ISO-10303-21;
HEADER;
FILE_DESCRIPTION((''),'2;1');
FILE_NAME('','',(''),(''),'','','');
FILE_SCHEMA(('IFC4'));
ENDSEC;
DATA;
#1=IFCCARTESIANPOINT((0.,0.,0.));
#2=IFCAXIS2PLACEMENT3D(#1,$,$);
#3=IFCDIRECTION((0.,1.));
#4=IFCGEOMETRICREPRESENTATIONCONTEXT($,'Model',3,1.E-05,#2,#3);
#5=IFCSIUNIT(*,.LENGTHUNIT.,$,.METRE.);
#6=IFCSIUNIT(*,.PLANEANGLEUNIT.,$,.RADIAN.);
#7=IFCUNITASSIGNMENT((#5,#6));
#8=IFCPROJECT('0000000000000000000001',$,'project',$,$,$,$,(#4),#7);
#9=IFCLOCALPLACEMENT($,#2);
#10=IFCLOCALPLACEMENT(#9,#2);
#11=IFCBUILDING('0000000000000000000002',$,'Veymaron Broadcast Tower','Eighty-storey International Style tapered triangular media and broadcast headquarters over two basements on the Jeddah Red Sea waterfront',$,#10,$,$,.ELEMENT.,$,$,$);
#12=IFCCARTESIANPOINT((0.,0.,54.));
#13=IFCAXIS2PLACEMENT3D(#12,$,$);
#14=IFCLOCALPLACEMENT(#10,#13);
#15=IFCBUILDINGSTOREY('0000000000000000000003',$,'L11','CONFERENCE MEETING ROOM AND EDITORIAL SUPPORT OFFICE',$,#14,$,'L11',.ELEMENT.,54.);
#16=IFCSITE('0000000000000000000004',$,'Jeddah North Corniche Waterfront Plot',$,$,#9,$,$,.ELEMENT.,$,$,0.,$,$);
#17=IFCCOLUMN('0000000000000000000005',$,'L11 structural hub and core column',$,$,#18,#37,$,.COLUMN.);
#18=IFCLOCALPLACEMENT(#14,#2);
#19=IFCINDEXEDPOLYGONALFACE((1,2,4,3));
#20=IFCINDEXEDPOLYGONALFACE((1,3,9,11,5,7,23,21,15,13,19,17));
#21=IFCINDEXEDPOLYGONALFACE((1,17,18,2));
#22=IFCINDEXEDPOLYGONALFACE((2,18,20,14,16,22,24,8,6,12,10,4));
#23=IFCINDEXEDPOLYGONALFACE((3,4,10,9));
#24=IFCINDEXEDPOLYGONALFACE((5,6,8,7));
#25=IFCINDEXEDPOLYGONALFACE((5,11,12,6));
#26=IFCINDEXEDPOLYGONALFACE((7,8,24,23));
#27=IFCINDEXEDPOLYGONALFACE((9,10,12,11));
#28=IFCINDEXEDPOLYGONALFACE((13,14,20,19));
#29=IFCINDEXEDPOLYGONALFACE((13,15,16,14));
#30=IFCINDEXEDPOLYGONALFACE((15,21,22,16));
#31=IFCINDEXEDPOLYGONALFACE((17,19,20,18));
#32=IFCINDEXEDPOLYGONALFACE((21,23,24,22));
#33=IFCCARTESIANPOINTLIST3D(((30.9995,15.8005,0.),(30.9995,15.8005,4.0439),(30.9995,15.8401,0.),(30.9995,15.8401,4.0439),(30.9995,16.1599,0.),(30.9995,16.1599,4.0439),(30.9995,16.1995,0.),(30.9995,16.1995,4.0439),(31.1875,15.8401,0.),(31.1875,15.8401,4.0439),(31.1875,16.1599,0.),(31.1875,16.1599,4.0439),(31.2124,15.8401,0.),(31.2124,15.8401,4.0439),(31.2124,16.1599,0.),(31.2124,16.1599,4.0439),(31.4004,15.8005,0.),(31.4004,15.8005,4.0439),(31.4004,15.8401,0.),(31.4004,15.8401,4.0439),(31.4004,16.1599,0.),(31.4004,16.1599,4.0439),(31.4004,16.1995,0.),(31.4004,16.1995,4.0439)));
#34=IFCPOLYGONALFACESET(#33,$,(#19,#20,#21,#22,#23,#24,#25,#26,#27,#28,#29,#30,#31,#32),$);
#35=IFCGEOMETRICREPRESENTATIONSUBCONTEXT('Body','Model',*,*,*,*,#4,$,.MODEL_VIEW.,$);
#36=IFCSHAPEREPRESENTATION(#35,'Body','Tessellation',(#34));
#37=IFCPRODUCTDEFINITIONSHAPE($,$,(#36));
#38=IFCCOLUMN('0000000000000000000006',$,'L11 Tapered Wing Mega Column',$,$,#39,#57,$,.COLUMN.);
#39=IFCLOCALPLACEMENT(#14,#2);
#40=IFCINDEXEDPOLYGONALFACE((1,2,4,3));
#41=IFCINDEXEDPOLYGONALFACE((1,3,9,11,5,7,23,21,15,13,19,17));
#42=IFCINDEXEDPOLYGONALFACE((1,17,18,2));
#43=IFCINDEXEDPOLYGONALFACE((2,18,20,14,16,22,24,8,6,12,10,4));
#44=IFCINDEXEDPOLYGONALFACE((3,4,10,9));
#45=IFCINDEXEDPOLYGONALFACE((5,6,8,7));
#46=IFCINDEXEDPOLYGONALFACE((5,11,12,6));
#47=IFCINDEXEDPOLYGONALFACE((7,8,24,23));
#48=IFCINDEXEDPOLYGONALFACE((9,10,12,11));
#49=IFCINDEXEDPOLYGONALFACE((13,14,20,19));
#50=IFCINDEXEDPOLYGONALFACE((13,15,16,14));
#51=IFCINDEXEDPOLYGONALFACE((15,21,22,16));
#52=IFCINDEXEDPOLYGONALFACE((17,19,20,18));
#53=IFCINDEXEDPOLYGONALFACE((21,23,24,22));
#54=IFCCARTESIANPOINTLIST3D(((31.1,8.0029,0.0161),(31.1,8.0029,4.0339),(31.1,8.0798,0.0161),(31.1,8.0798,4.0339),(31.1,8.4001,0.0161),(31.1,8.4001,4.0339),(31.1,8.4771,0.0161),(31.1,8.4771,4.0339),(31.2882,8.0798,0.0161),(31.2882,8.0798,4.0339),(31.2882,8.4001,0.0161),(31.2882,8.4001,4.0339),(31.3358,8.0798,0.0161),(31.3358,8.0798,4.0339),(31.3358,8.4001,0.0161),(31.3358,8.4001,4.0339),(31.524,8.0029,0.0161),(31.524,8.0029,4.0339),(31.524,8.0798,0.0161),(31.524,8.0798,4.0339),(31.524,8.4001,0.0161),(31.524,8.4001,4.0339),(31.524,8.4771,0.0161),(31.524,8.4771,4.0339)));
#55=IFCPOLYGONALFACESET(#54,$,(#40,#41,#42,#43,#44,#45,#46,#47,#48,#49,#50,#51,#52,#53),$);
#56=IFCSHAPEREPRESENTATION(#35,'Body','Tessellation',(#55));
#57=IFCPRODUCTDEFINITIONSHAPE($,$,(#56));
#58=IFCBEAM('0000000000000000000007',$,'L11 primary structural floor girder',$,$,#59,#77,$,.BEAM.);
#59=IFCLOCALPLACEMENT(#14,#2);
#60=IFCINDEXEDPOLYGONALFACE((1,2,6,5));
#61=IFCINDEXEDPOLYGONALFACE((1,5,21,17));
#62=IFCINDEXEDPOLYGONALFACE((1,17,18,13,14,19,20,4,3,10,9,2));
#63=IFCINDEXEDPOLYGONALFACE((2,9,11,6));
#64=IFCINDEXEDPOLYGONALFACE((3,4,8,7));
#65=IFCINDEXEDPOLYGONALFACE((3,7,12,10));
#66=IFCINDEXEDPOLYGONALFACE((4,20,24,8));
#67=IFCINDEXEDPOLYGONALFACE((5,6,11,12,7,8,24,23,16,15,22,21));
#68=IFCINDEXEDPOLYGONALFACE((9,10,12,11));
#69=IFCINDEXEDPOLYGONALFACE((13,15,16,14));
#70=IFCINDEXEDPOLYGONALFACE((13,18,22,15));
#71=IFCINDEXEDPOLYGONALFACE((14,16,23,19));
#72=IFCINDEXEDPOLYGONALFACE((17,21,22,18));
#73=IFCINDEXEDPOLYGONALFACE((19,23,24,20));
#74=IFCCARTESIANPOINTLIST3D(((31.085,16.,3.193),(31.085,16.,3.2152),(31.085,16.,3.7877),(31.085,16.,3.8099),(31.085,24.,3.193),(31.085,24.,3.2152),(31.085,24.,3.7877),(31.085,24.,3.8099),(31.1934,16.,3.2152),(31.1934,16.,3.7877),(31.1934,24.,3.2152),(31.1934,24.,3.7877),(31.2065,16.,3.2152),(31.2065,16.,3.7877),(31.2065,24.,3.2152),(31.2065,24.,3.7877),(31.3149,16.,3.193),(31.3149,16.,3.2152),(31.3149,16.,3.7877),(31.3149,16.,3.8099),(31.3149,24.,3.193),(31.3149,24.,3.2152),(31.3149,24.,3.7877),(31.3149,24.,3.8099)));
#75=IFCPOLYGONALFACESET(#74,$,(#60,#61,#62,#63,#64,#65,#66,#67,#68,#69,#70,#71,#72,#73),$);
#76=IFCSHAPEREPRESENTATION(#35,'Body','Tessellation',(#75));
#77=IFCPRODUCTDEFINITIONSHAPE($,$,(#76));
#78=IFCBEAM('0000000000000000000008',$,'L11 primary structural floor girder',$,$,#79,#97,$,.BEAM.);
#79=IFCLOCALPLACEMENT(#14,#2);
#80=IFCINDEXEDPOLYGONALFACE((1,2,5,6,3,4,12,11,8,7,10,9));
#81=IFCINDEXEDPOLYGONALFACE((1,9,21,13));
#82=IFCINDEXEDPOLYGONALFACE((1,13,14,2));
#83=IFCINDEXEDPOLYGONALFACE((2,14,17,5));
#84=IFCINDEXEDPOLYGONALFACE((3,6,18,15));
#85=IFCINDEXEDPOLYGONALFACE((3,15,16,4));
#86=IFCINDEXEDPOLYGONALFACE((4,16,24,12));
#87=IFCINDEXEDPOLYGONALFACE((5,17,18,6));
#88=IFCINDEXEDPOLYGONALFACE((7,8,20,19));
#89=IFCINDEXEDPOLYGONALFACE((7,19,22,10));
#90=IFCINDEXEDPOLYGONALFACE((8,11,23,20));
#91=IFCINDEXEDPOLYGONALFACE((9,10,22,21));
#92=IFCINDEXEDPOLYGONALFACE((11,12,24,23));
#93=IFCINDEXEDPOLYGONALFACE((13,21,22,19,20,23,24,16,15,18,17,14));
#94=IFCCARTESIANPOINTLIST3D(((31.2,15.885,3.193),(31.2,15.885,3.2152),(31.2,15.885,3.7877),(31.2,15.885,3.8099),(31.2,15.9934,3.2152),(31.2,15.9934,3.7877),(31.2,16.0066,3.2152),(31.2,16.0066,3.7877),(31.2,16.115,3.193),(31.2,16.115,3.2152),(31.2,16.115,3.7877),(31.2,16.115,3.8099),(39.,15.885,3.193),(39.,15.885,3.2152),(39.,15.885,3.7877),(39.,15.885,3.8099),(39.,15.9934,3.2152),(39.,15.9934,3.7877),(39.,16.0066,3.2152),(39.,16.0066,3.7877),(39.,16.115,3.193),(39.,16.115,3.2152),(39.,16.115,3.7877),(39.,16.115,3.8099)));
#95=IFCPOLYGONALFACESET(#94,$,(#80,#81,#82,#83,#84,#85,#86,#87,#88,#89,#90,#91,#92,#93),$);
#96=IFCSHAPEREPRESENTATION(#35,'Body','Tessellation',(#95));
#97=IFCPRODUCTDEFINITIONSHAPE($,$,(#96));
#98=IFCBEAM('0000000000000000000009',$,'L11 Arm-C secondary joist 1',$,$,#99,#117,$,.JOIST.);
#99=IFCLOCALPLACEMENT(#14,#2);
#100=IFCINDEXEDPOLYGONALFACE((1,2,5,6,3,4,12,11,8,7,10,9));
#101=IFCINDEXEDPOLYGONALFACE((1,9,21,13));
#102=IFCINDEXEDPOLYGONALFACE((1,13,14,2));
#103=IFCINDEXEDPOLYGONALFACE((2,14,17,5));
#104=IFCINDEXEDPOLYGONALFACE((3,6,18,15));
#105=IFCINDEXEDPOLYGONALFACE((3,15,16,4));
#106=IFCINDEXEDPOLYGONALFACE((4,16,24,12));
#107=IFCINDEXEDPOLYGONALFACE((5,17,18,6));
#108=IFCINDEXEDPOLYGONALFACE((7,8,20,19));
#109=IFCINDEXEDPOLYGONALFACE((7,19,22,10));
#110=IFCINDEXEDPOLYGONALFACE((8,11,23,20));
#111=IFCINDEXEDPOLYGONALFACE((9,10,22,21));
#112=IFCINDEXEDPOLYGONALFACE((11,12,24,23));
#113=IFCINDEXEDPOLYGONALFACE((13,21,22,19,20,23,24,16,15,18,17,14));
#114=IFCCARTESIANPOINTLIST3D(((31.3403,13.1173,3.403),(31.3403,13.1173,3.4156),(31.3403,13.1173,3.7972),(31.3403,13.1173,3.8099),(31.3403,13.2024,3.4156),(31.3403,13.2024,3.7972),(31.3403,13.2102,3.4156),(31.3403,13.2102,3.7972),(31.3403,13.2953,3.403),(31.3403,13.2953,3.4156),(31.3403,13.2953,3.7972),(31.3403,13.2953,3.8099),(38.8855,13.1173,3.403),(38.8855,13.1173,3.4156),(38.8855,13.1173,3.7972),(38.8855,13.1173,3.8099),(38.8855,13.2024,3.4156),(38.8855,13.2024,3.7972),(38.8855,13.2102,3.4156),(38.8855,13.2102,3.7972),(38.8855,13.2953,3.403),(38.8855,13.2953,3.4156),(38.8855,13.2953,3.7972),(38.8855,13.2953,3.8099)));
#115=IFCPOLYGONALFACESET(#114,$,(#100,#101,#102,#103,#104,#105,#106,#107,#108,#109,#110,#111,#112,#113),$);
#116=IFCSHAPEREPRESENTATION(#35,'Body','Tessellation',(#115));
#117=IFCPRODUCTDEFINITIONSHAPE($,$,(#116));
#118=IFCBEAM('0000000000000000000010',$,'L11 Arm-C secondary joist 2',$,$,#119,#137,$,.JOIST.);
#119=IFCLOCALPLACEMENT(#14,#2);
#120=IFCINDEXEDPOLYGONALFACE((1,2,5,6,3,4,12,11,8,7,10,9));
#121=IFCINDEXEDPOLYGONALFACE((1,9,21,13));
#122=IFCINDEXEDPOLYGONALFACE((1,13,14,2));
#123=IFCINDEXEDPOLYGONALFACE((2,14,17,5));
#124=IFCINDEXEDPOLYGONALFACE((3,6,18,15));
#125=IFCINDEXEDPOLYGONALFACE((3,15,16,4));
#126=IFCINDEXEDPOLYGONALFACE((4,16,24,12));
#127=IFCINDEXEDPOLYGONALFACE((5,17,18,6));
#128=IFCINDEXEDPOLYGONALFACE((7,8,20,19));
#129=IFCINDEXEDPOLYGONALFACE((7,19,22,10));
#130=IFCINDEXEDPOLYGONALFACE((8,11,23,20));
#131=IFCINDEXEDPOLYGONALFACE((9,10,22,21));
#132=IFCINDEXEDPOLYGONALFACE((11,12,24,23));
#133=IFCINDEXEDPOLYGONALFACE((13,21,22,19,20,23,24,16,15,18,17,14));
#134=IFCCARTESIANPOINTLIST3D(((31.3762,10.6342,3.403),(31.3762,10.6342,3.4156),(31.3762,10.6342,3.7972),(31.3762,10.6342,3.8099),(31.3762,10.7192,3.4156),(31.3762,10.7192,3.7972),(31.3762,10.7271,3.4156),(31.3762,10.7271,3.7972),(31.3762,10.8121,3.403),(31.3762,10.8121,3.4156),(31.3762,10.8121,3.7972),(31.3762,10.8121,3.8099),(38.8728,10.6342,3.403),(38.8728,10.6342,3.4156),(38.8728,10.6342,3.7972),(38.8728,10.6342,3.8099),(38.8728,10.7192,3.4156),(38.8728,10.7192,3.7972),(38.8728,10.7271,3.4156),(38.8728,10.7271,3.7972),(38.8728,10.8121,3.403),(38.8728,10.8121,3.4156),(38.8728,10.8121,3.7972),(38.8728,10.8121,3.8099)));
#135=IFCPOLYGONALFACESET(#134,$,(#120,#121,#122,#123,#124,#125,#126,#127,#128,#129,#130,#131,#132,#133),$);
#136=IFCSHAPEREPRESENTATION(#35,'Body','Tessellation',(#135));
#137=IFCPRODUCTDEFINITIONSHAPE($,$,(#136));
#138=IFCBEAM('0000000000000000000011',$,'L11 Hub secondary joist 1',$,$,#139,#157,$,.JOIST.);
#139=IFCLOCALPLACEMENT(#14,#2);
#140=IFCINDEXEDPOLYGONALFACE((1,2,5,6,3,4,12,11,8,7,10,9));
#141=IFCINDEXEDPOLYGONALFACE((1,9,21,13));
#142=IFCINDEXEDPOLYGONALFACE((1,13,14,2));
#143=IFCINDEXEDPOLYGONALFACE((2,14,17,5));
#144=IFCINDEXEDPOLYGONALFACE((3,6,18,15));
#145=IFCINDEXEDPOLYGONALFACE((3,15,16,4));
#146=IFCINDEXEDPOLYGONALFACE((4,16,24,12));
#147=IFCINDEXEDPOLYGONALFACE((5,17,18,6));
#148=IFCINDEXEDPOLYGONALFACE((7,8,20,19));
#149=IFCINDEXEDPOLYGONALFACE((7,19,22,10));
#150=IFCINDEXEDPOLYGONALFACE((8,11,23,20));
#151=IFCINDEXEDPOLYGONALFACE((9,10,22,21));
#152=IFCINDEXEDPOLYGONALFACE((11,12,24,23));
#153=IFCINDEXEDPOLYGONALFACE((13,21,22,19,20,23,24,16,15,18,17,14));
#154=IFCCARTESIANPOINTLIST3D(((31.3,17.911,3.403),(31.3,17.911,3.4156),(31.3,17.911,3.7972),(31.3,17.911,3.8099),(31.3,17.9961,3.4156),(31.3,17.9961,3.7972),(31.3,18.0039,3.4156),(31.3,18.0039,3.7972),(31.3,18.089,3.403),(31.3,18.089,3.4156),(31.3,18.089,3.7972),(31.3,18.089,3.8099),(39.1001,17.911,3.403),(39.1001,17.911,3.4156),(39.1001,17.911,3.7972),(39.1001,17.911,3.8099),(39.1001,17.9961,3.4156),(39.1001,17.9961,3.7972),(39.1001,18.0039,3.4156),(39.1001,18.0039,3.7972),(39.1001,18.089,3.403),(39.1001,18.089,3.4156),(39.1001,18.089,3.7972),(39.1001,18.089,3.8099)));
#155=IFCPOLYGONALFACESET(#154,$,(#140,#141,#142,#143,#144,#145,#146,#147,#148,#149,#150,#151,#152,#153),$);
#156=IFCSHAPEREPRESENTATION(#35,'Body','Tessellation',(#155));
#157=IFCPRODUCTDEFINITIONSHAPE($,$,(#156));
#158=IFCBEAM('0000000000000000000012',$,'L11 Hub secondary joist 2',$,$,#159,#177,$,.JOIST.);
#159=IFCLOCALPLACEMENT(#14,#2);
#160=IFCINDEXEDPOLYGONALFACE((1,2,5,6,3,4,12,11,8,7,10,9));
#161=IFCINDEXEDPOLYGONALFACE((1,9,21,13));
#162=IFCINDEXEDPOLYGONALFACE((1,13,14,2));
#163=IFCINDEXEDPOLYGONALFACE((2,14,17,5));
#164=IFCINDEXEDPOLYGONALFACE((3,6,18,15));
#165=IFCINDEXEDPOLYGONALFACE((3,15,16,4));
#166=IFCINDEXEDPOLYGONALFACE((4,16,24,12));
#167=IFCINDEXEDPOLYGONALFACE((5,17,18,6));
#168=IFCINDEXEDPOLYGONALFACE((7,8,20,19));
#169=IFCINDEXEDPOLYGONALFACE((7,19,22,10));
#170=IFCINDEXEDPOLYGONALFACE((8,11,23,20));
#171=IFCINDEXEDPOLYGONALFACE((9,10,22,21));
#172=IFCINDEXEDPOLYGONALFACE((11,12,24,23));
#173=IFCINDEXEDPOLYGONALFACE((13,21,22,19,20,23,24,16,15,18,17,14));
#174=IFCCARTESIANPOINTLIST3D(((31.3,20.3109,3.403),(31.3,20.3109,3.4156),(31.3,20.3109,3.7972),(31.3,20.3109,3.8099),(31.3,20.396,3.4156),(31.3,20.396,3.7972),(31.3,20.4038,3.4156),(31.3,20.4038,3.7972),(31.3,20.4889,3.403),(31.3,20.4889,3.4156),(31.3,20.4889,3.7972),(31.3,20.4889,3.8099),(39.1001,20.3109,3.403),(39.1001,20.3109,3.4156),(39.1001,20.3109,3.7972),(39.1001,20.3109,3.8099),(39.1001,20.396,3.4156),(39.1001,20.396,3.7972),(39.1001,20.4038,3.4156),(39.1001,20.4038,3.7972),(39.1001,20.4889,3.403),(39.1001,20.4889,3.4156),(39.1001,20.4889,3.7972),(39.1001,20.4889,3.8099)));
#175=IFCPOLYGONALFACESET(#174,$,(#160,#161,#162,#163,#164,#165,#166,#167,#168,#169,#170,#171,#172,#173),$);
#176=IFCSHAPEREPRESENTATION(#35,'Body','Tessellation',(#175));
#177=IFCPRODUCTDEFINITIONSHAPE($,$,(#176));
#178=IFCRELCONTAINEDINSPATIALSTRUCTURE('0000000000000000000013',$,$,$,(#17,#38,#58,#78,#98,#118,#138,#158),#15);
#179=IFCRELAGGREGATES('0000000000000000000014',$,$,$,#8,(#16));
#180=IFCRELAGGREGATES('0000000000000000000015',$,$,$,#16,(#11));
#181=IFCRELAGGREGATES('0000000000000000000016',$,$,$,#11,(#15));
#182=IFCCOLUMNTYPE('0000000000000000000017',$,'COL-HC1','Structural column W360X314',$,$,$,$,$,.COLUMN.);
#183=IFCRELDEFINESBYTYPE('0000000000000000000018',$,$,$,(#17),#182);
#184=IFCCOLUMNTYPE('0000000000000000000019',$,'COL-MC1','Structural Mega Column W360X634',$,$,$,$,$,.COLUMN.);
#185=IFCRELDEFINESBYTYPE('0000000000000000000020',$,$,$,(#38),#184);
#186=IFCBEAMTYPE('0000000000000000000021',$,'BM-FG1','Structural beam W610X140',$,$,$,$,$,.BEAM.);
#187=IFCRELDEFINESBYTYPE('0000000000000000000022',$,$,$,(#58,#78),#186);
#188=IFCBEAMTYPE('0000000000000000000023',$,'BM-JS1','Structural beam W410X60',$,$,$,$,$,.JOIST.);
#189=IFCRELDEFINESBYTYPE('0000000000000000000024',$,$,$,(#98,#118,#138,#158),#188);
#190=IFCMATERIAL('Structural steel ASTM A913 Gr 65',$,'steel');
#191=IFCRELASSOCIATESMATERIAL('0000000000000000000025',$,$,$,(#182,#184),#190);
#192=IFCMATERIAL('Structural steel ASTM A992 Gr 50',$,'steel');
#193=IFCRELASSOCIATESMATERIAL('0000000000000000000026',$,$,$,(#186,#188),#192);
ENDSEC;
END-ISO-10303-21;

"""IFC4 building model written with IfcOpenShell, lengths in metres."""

from ifc_helpers import new_model, si_unit, direction, frame, origin, origin_2d, place, context, subcontext, project, spatial, i_section, extrude, material, material_profile, profile_set, type_object, element, save


model = new_model("IFC4")

# Units and contexts
model_context = context("Model", 3, precision=1e-05, world=origin(), true_north=direction((0.0, 1.0)))
body_context = subcontext(model_context, "Body", "Model", "MODEL_VIEW")
ifc_project = project(units=[si_unit("LENGTHUNIT", "METRE"), si_unit("PLANEANGLEUNIT", "RADIAN")], contexts=[model_context])

# Site, building, storey
site_placement = place(None, origin())
site = spatial("IfcSite", under=ifc_project, at=site_placement, Name="Jeddah North Corniche Waterfront Plot", CompositionType="ELEMENT", RefElevation=0.0)
building_placement = place(site_placement, origin())
building = spatial("IfcBuilding", under=site, at=building_placement, Name="Veymaron Broadcast Tower", Description="Eighty-storey International Style tapered triangular media and broadcast headquarters over two basements on the Jeddah Red Sea waterfront", CompositionType="ELEMENT")
storey_placement = place(building_placement, frame((0.0, 0.0, 54.0)))
storey = spatial("IfcBuildingStorey", under=building, at=storey_placement, Name="L11", Description="CONFERENCE MEETING ROOM AND EDITORIAL SUPPORT OFFICE", LongName="L11", CompositionType="ELEMENT", Elevation=54.0)

# Columns
ifc_material_1 = material(Name="Structural steel ASTM A913 Gr 65", Category="steel")
ifc_material_profile_1 = material_profile(ifc_material_1, i_section(OverallWidth=0.4009, OverallDepth=0.3989, WebThickness=0.0249, FlangeThickness=0.0396, at=origin_2d()), Name="W360X314")
ifc_profile_set_1 = profile_set([ifc_material_profile_1], Name="Structural steel ASTM A913 Gr 65")
column_type_1 = type_object("IfcColumnType", Name="COL-HC1", Description="Structural column W360X314", PredefinedType="COLUMN", material=ifc_profile_set_1)
column_1_placement = place(storey_placement, frame((31.2, 16.0, 0.0), z_axis=(0.0, 0.0, 1.0), x_axis=(1.0, 0.0, 0.0)))
element("IfcColumn", 1, at=column_1_placement, inside=storey, type_object=column_type_1, Name="L11 structural hub and core column", PredefinedType="COLUMN", context=body_context, shape_type="SweptSolid", body=[
    extrude(i_section(OverallWidth=0.4009, OverallDepth=0.3989, WebThickness=0.0249, FlangeThickness=0.0396, at=origin_2d()), origin(), (0.0, 0.0, 1.0), 4.0439),
])
ifc_material_profile_2 = material_profile(ifc_material_1, i_section(OverallWidth=0.4241, OverallDepth=0.4741, WebThickness=0.0476, FlangeThickness=0.0769, at=origin_2d()), Name="W360X634")
ifc_profile_set_2 = profile_set([ifc_material_profile_2], Name="Structural steel ASTM A913 Gr 65")
column_type_2 = type_object("IfcColumnType", Name="COL-MC1", Description="Structural Mega Column W360X634", PredefinedType="COLUMN", material=ifc_profile_set_2)
column_2_placement = place(storey_placement, frame((31.312, 8.24, 0.0161), z_axis=(0.0, 0.0, 1.0), x_axis=(1.0, 0.0, 0.0)))
element("IfcColumn", 2, at=column_2_placement, inside=storey, type_object=column_type_2, Name="L11 Tapered Wing Mega Column", PredefinedType="COLUMN", context=body_context, shape_type="SweptSolid", body=[
    extrude(i_section(OverallWidth=0.4241, OverallDepth=0.4741, WebThickness=0.0476, FlangeThickness=0.0769, at=origin_2d()), origin(), (0.0, 0.0, 1.0), 4.0178),
])

# Beams
ifc_material_2 = material(Name="Structural steel ASTM A992 Gr 50", Category="steel")
ifc_material_profile_3 = material_profile(ifc_material_2, i_section(OverallWidth=0.23, OverallDepth=0.6169, WebThickness=0.0132, FlangeThickness=0.0222, at=origin_2d()), Name="W610X140")
ifc_profile_set_3 = profile_set([ifc_material_profile_3], Name="Structural steel ASTM A992 Gr 50")
beam_type_1 = type_object("IfcBeamType", Name="BM-FG1", Description="Structural beam W610X140", PredefinedType="BEAM", material=ifc_profile_set_3)
beam_1_placement = place(storey_placement, frame((31.2, 16.0, 3.5015), z_axis=(0.0, 1.0, 0.0), x_axis=(-1.0, 0.0, 0.0)))
element("IfcBeam", 3, at=beam_1_placement, inside=storey, type_object=beam_type_1, Name="L11 primary structural floor girder", PredefinedType="BEAM", context=body_context, shape_type="SweptSolid", body=[
    extrude(i_section(OverallWidth=0.23, OverallDepth=0.6169, WebThickness=0.0132, FlangeThickness=0.0222, at=origin_2d()), origin(), (0.0, 0.0, 1.0), 8.0),
])
beam_2_placement = place(storey_placement, frame((31.2, 16.0, 3.5015), z_axis=(1.0, 0.0, 0.0), x_axis=(0.0, 1.0, 0.0)))
element("IfcBeam", 4, at=beam_2_placement, inside=storey, type_object=beam_type_1, Name="L11 primary structural floor girder", PredefinedType="BEAM", context=body_context, shape_type="SweptSolid", body=[
    extrude(i_section(OverallWidth=0.23, OverallDepth=0.6169, WebThickness=0.0132, FlangeThickness=0.0222, at=origin_2d()), origin(), (0.0, 0.0, 1.0), 7.8),
])
ifc_material_profile_4 = material_profile(ifc_material_2, i_section(OverallWidth=0.178, OverallDepth=0.407, WebThickness=0.0078, FlangeThickness=0.0127, at=origin_2d()), Name="W410X60")
ifc_profile_set_4 = profile_set([ifc_material_profile_4], Name="Structural steel ASTM A992 Gr 50")
beam_type_2 = type_object("IfcBeamType", Name="BM-JS1", Description="Structural beam W410X60", PredefinedType="JOIST", material=ifc_profile_set_4)
beam_3_placement = place(storey_placement, frame((31.3403, 13.2063, 3.6064), z_axis=(1.0, 0.0, 0.0), x_axis=(0.0, 1.0, 0.0)))
element("IfcBeam", 5, at=beam_3_placement, inside=storey, type_object=beam_type_2, Name="L11 Arm-C secondary joist 1", PredefinedType="JOIST", context=body_context, shape_type="SweptSolid", body=[
    extrude(i_section(OverallWidth=0.178, OverallDepth=0.407, WebThickness=0.0078, FlangeThickness=0.0127, at=origin_2d()), origin(), (0.0, 0.0, 1.0), 7.5452),
])
beam_4_placement = place(storey_placement, frame((31.3762, 10.7231, 3.6064), z_axis=(1.0, 0.0, 0.0), x_axis=(0.0, 1.0, 0.0)))
element("IfcBeam", 6, at=beam_4_placement, inside=storey, type_object=beam_type_2, Name="L11 Arm-C secondary joist 2", PredefinedType="JOIST", context=body_context, shape_type="SweptSolid", body=[
    extrude(i_section(OverallWidth=0.178, OverallDepth=0.407, WebThickness=0.0078, FlangeThickness=0.0127, at=origin_2d()), origin(), (0.0, 0.0, 1.0), 7.4966),
])
for number, where, z_axis, x_axis, name in (
    (7, (31.3, 18.0, 3.6064), (1.0, 0.0, 0.0), (0.0, 1.0, 0.0), "L11 Hub secondary joist 1"),
    (8, (31.3, 20.3999, 3.6064), (1.0, 0.0, 0.0), (0.0, 1.0, 0.0), "L11 Hub secondary joist 2"),
):
    element("IfcBeam", number, at=place(storey_placement, frame(where, z_axis=z_axis, x_axis=x_axis)), inside=storey, type_object=beam_type_2, Name=name, PredefinedType="JOIST", context=body_context, shape_type="SweptSolid", body=[
        extrude(i_section(OverallWidth=0.178, OverallDepth=0.407, WebThickness=0.0078, FlangeThickness=0.0127, at=origin_2d()), origin(), (0.0, 0.0, 1.0), 7.8),
    ])

save(model, "model.ifc")
